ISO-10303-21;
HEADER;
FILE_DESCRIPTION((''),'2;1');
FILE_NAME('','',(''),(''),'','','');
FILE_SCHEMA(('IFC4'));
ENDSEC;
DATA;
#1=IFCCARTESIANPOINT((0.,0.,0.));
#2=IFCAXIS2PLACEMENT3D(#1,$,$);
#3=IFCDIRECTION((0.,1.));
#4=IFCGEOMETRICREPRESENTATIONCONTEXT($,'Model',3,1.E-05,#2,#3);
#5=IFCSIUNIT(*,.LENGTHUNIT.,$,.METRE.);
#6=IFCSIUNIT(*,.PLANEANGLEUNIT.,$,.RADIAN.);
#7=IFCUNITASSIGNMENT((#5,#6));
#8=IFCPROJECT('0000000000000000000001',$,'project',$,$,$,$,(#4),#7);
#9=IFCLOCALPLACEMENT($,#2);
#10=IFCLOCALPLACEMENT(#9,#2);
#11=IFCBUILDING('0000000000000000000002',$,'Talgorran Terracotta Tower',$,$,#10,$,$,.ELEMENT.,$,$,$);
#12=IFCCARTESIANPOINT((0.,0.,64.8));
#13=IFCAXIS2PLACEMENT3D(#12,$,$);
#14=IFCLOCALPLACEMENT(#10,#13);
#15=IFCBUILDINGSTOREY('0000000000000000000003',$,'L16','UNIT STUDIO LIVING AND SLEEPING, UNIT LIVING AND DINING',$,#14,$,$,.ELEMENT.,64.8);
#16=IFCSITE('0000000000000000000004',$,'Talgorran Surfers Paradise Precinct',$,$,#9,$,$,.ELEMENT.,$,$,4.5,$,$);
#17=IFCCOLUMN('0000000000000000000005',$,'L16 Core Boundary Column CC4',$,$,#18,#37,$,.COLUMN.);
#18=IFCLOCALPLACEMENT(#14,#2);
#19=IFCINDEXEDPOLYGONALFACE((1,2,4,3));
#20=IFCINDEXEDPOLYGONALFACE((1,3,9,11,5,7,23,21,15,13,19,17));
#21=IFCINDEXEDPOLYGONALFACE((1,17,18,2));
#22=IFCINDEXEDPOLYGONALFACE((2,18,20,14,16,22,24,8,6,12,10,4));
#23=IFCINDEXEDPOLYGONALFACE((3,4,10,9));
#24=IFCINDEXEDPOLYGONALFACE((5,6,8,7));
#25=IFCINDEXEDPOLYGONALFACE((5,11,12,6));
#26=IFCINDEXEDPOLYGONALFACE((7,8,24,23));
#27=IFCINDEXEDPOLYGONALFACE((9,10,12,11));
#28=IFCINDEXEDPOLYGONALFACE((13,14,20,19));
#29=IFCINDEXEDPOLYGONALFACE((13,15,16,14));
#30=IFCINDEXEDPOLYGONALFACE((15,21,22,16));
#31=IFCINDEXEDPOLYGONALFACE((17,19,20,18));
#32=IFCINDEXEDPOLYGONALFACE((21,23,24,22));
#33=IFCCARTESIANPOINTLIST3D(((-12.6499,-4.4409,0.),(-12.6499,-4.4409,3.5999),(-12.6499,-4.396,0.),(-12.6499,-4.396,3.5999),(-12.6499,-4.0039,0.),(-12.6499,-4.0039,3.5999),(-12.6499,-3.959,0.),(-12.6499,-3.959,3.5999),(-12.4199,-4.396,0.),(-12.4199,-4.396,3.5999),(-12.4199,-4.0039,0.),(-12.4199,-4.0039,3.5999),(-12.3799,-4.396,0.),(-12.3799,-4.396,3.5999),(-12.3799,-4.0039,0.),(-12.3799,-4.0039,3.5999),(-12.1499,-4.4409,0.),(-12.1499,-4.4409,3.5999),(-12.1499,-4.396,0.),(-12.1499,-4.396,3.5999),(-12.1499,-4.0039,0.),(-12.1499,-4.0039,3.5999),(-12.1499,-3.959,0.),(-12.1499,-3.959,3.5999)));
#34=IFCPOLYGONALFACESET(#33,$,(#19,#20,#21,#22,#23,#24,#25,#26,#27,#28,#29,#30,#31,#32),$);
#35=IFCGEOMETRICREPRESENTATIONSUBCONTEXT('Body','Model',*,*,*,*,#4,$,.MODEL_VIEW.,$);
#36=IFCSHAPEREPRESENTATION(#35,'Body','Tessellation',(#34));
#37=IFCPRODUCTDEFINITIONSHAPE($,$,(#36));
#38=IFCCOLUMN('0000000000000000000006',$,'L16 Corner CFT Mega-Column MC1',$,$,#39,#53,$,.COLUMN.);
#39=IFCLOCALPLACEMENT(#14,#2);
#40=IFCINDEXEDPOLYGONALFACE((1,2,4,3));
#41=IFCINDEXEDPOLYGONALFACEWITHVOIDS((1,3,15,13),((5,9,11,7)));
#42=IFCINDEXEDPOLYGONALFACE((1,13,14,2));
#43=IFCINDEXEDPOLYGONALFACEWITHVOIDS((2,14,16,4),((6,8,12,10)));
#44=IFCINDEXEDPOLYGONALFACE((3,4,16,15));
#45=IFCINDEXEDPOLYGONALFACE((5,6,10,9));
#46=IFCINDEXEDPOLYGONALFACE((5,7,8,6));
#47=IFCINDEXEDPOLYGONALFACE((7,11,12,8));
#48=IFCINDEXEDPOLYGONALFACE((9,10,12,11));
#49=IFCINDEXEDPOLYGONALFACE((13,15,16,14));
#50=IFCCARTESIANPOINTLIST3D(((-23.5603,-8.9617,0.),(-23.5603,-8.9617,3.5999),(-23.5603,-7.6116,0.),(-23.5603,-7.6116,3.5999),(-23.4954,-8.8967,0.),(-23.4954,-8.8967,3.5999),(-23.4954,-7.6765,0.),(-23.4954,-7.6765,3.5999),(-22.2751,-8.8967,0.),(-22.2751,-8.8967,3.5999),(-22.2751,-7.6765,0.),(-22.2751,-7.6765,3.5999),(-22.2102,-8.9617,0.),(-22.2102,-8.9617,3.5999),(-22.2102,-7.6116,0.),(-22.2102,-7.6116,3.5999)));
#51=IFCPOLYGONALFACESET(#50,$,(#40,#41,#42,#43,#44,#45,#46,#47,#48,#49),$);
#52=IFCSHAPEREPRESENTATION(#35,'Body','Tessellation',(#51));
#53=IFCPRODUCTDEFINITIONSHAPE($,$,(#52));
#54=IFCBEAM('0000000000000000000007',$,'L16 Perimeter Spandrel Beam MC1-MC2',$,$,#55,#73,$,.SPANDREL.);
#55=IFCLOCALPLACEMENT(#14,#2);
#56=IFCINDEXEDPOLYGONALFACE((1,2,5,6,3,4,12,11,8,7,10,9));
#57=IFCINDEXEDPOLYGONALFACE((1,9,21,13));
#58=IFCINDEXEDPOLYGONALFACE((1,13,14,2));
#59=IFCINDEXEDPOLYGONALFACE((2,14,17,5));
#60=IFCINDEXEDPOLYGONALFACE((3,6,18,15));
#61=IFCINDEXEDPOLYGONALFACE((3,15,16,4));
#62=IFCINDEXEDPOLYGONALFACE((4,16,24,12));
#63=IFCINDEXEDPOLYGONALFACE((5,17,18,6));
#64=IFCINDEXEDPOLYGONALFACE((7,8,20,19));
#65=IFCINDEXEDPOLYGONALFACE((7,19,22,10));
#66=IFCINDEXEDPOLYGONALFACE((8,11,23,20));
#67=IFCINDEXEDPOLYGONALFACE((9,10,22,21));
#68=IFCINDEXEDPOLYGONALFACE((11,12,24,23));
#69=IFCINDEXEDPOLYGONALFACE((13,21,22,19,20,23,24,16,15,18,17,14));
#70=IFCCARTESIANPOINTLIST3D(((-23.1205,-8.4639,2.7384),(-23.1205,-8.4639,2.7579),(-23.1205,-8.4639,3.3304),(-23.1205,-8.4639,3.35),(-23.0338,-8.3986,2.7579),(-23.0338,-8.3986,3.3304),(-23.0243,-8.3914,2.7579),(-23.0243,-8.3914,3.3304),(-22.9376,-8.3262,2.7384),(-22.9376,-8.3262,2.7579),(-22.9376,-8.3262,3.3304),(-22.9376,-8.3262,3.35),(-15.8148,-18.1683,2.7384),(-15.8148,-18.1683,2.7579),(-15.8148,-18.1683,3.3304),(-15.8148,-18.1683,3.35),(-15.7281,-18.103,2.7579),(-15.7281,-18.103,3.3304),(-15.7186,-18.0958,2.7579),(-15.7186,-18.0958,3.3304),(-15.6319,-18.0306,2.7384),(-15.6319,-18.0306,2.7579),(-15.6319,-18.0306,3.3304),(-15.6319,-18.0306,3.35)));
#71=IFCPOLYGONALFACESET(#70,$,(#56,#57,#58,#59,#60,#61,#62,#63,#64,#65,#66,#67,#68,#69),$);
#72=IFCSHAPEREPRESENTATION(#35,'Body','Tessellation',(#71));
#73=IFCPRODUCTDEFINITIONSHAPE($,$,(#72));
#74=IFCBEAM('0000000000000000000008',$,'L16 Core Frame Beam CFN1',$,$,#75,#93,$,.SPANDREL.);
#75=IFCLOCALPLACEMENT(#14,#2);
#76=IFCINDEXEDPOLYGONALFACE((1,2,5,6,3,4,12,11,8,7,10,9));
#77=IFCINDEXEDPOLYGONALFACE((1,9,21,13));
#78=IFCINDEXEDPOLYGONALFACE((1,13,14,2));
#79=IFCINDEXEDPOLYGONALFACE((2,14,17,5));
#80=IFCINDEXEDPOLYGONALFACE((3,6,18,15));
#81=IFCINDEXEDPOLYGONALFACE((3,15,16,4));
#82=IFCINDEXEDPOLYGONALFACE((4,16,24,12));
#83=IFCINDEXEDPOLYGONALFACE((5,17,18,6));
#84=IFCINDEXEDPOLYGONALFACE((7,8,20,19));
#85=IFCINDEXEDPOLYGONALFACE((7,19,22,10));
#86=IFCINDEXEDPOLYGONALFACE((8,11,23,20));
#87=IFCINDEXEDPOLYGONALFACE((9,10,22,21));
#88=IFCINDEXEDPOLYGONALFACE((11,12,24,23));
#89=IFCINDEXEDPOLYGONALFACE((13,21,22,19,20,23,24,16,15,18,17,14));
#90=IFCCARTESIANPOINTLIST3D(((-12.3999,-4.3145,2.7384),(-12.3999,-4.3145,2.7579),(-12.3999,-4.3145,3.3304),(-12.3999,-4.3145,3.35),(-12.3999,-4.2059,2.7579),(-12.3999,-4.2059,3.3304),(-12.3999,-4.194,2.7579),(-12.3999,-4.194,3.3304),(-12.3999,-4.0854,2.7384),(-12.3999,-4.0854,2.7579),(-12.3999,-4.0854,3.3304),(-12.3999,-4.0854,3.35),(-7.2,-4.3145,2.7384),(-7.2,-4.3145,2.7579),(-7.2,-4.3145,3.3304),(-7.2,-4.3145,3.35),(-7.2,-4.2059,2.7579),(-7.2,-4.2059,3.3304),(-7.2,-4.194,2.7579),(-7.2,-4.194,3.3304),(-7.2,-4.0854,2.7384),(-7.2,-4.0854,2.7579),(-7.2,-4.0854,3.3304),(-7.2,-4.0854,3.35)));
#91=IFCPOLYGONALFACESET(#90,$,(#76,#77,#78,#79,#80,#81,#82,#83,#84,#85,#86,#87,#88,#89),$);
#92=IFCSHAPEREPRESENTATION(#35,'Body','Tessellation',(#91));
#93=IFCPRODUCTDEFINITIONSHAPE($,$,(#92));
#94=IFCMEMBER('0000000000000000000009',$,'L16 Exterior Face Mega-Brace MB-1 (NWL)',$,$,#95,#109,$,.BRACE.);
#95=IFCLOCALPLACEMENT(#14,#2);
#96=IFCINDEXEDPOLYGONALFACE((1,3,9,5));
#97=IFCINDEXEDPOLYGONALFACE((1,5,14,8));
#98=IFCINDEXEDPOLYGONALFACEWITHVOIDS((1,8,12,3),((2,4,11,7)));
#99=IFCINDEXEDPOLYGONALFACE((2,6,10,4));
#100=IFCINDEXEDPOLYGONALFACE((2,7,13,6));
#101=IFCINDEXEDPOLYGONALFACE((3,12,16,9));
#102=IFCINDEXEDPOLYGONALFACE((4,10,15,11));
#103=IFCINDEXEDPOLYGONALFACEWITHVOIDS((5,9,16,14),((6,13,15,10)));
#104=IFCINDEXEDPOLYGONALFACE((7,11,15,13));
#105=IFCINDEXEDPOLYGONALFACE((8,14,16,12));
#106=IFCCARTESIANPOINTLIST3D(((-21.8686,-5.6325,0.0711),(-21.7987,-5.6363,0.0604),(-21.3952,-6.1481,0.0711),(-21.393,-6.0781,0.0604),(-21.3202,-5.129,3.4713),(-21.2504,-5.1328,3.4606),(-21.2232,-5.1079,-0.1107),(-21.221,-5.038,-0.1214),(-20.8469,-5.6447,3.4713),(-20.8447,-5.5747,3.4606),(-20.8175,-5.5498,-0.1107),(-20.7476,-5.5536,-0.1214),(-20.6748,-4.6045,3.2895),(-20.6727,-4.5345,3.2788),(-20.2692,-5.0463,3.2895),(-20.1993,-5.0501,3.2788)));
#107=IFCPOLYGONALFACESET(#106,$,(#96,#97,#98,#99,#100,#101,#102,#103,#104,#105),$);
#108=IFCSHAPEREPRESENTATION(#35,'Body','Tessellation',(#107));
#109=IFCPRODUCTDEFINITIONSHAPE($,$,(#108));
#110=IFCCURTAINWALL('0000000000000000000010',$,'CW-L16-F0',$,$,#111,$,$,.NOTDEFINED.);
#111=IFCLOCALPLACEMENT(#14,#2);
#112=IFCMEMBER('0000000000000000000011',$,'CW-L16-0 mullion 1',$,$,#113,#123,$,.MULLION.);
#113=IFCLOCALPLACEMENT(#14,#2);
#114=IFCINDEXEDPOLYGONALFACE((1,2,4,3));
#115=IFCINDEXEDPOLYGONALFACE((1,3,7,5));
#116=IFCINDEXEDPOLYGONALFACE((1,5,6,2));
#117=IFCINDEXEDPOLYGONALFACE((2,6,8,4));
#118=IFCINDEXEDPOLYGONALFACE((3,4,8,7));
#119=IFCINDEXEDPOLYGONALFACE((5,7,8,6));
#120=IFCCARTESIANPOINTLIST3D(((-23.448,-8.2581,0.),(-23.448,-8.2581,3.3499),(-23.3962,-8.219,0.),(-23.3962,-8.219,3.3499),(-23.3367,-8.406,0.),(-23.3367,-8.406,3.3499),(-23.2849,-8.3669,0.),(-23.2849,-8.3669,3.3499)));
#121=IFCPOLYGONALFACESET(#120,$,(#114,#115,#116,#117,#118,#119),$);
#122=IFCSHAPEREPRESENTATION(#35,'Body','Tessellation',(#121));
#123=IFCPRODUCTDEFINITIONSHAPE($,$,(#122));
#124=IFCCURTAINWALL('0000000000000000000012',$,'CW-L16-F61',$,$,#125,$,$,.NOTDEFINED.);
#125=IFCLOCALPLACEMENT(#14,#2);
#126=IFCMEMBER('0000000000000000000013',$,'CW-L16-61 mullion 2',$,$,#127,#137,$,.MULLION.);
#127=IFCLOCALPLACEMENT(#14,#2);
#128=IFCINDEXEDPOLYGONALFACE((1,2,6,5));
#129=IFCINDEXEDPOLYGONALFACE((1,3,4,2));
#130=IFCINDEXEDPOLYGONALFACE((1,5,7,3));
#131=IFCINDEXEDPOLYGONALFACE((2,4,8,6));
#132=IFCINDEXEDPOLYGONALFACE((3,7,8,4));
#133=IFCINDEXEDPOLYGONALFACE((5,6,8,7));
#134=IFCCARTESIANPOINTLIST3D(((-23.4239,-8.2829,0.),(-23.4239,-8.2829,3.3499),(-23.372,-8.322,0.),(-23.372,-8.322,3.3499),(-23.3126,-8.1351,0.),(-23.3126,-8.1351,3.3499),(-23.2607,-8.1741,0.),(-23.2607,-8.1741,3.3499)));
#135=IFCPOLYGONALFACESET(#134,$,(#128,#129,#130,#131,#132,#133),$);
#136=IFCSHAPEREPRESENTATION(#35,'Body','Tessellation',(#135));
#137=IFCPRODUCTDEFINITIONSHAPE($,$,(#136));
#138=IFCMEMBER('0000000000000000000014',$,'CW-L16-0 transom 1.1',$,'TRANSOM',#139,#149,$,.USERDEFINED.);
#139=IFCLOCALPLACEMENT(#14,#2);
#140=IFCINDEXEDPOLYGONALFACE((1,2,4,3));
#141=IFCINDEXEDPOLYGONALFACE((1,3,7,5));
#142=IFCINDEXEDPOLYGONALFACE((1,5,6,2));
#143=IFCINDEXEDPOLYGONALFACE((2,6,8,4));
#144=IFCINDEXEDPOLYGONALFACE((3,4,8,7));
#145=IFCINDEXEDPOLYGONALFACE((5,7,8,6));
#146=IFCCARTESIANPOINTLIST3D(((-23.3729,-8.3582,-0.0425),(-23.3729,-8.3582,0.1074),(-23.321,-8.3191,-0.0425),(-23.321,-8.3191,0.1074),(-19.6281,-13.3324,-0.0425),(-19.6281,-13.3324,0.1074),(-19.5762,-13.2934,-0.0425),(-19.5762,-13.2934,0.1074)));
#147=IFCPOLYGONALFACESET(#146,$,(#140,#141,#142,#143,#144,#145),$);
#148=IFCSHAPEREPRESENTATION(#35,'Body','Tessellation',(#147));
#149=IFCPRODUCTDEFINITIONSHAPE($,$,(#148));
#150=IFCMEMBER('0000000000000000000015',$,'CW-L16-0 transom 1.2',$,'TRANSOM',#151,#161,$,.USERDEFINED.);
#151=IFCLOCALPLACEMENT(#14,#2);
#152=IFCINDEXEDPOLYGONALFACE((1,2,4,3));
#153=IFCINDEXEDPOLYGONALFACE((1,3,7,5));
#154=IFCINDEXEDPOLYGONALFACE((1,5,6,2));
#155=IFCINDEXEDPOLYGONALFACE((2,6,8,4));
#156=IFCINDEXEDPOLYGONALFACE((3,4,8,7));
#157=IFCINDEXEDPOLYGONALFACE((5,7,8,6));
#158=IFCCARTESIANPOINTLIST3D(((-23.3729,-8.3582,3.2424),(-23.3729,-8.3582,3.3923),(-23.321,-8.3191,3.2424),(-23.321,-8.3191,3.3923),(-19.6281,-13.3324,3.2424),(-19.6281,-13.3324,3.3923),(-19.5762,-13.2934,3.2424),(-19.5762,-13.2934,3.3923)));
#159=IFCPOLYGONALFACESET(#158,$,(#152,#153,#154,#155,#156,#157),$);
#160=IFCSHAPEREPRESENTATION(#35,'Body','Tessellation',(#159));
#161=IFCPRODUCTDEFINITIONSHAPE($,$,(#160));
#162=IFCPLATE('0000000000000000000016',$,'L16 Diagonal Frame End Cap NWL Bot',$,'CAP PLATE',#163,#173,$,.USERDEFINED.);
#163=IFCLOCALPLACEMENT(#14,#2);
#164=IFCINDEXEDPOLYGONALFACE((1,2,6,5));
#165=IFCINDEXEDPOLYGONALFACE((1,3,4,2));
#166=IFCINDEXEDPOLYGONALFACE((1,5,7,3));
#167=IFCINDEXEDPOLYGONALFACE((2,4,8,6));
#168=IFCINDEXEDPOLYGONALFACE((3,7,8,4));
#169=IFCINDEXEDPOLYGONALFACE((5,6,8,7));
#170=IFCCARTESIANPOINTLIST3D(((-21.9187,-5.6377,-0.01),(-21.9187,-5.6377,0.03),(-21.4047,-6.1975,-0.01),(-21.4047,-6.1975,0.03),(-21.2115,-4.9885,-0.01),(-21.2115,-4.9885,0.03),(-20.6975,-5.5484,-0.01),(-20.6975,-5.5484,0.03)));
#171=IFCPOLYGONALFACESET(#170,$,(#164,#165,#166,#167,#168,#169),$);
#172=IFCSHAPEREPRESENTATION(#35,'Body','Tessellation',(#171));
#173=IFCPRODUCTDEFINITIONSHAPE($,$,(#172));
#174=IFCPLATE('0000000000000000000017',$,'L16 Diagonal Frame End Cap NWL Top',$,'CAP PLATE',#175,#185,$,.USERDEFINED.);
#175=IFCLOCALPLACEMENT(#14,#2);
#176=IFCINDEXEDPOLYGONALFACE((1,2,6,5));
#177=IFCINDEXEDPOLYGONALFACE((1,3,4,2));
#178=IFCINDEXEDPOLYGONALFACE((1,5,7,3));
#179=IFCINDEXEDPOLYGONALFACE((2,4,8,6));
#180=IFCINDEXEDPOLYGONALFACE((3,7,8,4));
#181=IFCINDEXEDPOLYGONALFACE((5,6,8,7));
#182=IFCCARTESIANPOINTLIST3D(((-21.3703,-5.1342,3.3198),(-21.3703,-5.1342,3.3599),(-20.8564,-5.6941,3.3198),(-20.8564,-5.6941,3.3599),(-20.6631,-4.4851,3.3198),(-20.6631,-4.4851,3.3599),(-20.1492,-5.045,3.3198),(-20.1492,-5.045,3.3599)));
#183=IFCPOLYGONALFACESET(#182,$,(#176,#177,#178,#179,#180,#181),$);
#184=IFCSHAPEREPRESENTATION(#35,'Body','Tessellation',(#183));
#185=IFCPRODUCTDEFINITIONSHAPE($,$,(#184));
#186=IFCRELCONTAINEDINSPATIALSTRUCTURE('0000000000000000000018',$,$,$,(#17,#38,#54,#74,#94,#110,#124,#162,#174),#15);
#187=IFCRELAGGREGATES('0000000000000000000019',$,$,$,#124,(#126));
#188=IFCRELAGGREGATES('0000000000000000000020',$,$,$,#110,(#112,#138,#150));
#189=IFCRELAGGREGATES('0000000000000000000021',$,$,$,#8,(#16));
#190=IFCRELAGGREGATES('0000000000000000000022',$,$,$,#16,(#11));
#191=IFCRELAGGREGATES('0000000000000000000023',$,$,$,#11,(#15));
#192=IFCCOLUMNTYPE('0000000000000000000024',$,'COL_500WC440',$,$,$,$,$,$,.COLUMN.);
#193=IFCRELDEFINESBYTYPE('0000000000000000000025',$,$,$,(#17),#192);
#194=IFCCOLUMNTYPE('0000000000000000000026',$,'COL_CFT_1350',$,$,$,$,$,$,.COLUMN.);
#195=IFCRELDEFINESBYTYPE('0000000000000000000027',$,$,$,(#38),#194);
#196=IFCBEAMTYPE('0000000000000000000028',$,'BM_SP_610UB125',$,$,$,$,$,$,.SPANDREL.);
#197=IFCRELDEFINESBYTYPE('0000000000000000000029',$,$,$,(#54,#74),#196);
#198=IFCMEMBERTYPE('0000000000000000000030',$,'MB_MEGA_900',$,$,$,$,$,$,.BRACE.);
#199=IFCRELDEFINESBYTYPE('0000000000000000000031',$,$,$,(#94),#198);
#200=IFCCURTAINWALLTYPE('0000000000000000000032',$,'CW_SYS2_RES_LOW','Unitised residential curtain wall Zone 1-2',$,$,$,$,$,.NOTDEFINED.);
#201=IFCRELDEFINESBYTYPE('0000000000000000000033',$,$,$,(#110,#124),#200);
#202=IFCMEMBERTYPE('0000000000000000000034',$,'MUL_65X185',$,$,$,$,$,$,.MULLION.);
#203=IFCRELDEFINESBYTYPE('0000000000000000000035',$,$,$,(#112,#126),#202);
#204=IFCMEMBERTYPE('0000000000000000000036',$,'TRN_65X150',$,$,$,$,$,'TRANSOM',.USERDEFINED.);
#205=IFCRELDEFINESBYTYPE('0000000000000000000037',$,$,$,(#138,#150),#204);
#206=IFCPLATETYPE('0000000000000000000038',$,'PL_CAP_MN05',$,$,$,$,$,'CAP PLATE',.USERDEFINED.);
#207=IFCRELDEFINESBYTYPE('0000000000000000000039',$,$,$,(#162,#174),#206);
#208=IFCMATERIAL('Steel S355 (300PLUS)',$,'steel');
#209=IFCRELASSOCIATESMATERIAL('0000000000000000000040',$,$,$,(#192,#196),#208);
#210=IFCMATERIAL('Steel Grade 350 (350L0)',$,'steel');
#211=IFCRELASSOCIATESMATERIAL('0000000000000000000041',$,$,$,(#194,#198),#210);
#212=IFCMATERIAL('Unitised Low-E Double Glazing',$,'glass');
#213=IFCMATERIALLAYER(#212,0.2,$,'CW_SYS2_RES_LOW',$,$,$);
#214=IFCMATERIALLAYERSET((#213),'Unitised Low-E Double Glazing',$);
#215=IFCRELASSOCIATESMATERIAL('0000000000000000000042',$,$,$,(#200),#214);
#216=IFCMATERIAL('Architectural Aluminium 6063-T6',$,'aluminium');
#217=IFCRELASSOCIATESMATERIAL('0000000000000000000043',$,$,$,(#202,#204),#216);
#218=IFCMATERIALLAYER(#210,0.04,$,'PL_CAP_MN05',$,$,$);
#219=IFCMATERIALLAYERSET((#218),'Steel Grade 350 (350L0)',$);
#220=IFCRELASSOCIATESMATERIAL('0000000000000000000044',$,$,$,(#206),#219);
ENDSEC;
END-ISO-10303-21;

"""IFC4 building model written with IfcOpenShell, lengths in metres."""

from ifc_helpers import new_model, si_unit, direction, frame, origin, origin_2d, place, context, subcontext, project, spatial, rectangle, hollow_rectangle, i_section, extrude, material, layer, layer_set, material_profile, profile_set, type_object, element, aggregate, save


model = new_model("IFC4")

# Units and contexts
model_context = context("Model", 3, precision=1e-05, world=origin(), true_north=direction((0.0, 1.0)))
body_context = subcontext(model_context, "Body", "Model", "MODEL_VIEW")
ifc_project = project(units=[si_unit("LENGTHUNIT", "METRE"), si_unit("PLANEANGLEUNIT", "RADIAN")], contexts=[model_context])

# Site, building, storey
site_placement = place(None, origin())
site = spatial("IfcSite", under=ifc_project, at=site_placement, Name="Talgorran Surfers Paradise Precinct", CompositionType="ELEMENT", RefElevation=4.5)
building_placement = place(site_placement, origin())
building = spatial("IfcBuilding", under=site, at=building_placement, Name="Talgorran Terracotta Tower", CompositionType="ELEMENT")
storey_placement = place(building_placement, frame((0.0, 0.0, 64.8)))
storey = spatial("IfcBuildingStorey", under=building, at=storey_placement, Name="L16", Description="UNIT STUDIO LIVING AND SLEEPING, UNIT LIVING AND DINING", CompositionType="ELEMENT", Elevation=64.8)

# Columns
ifc_material_1 = material(Name="Steel S355 (300PLUS)", Category="steel")
ifc_material_profile_1 = material_profile(ifc_material_1, i_section(OverallWidth=0.5, OverallDepth=0.4819, WebThickness=0.04, FlangeThickness=0.0449, at=origin_2d()), Name="500WC440")
ifc_profile_set_1 = profile_set([ifc_material_profile_1], Name="Steel S355 (300PLUS)")
column_type_1 = type_object("IfcColumnType", Name="COL_500WC440", PredefinedType="COLUMN", material=ifc_profile_set_1)
column_1_placement = place(storey_placement, frame((-12.3999, -4.2, 0.0), z_axis=(0.0, 0.0, 1.0), x_axis=(1.0, 0.0, 0.0)))
element("IfcColumn", 1, at=column_1_placement, inside=storey, type_object=column_type_1, Name="L16 Core Boundary Column CC4", PredefinedType="COLUMN", context=body_context, shape_type="SweptSolid", body=[
    extrude(i_section(OverallWidth=0.5, OverallDepth=0.4819, WebThickness=0.04, FlangeThickness=0.0449, at=origin_2d()), origin(), (0.0, 0.0, 1.0), 3.5999),
])
ifc_material_2 = material(Name="Steel Grade 350 (350L0)", Category="steel")
ifc_material_profile_2 = material_profile(ifc_material_2, hollow_rectangle(XDim=1.3501, YDim=1.3501, WallThickness=0.0649, at=origin_2d()), Name="CFT1350X1350X65")
ifc_profile_set_2 = profile_set([ifc_material_profile_2], Name="Steel Grade 350 (350L0)")
column_type_2 = type_object("IfcColumnType", Name="COL_CFT_1350", PredefinedType="COLUMN", material=ifc_profile_set_2)
column_2_placement = place(storey_placement, frame((-22.8853, -8.2866, 0.0), z_axis=(0.0, 0.0, 1.0), x_axis=(1.0, 0.0, 0.0)))
element("IfcColumn", 2, at=column_2_placement, inside=storey, type_object=column_type_2, Name="L16 Corner CFT Mega-Column MC1", PredefinedType="COLUMN", context=body_context, shape_type="SweptSolid", body=[
    extrude(hollow_rectangle(XDim=1.3501, YDim=1.3501, WallThickness=0.0649, at=origin_2d()), origin(), (0.0, 0.0, 1.0), 3.5999),
])

# Beams
ifc_material_profile_3 = material_profile(ifc_material_1, i_section(OverallWidth=0.229, OverallDepth=0.6116, WebThickness=0.012, FlangeThickness=0.0195, at=origin_2d()), Name="610UB125")
ifc_profile_set_3 = profile_set([ifc_material_profile_3], Name="Steel S355 (300PLUS)")
beam_type = type_object("IfcBeamType", Name="BM_SP_610UB125", PredefinedType="SPANDREL", material=ifc_profile_set_3)
beam_1_placement = place(storey_placement, frame((-23.0291, -8.395, 3.0442), z_axis=(0.601443, -0.798916, 0.0), x_axis=(0.798916, 0.601443, 0.0)))
element("IfcBeam", 3, at=beam_1_placement, inside=storey, type_object=beam_type, Name="L16 Perimeter Spandrel Beam MC1-MC2", PredefinedType="SPANDREL", context=body_context, shape_type="SweptSolid", body=[
    extrude(i_section(OverallWidth=0.229, OverallDepth=0.6116, WebThickness=0.012, FlangeThickness=0.0195, at=origin_2d()), origin(), (0.0, 0.0, 1.0), 12.147),
])
beam_2_placement = place(storey_placement, frame((-12.3999, -4.2, 3.0442), z_axis=(1.0, 0.0, 0.0), x_axis=(0.0, 1.0, 0.0)))
element("IfcBeam", 4, at=beam_2_placement, inside=storey, type_object=beam_type, Name="L16 Core Frame Beam CFN1", PredefinedType="SPANDREL", context=body_context, shape_type="SweptSolid", body=[
    extrude(i_section(OverallWidth=0.229, OverallDepth=0.6116, WebThickness=0.012, FlangeThickness=0.0195, at=origin_2d()), origin(), (0.0, 0.0, 1.0), 5.2),
])

# Member
ifc_material_profile_4 = material_profile(ifc_material_2, hollow_rectangle(XDim=0.7, YDim=0.8999, WallThickness=0.05, at=origin_2d()), Name="WBOX900X700X50")
ifc_profile_set_4 = profile_set([ifc_material_profile_4], Name="Steel Grade 350 (350L0)")
member_type_1 = type_object("IfcMemberType", Name="MB_MEGA_900", PredefinedType="BRACE", material=ifc_profile_set_4)
member_1_placement = place(storey_placement, frame((-21.3081, -5.593, -0.0251), z_axis=(0.157538, 0.144632, 0.976864), x_axis=(-0.676289, 0.736637, 0.0)))
element("IfcMember", 5, at=member_1_placement, inside=storey, type_object=member_type_1, Name="L16 Exterior Face Mega-Brace MB-1 (NWL)", PredefinedType="BRACE", context=body_context, shape_type="SweptSolid", body=[
    extrude(hollow_rectangle(XDim=0.7, YDim=0.8999, WallThickness=0.05, at=origin_2d()), origin(), (0.0, 0.0, 1.0), 3.4807),
])

# Curtain walls, members
ifc_material_3 = material(Name="Unitised Low-E Double Glazing", Category="glass")
ifc_layer_1 = layer(ifc_material_3, 0.2, Name="CW_SYS2_RES_LOW")
ifc_layer_set_1 = layer_set([ifc_layer_1], Name="Unitised Low-E Double Glazing")
curtain_wall_type = type_object("IfcCurtainWallType", Name="CW_SYS2_RES_LOW", Description="Unitised residential curtain wall Zone 1-2", PredefinedType="NOTDEFINED", material=ifc_layer_set_1)
curtain_wall_1_placement = place(storey_placement, origin())
curtain_wall_1 = element("IfcCurtainWall", 6, at=curtain_wall_1_placement, inside=storey, type_object=curtain_wall_type, Name="CW-L16-F0", PredefinedType="NOTDEFINED")
ifc_material_4 = material(Name="Architectural Aluminium 6063-T6", Category="aluminium")
ifc_material_profile_5 = material_profile(ifc_material_4, rectangle(XDim=0.0649, YDim=0.1851, at=origin_2d()), Name="CWM65X185")
ifc_profile_set_5 = profile_set([ifc_material_profile_5], Name="Architectural Aluminium 6063-T6")
member_type_2 = type_object("IfcMemberType", Name="MUL_65X185", PredefinedType="MULLION", material=ifc_profile_set_5)
member_2_placement = place(storey_placement, frame((-23.3665, -8.3125, 0.0), z_axis=(0.0, 0.0, 1.0), x_axis=(0.798916, 0.601442, 0.0)))
member_2 = element("IfcMember", 7, at=member_2_placement, type_object=member_type_2, Name="CW-L16-0 mullion 1", PredefinedType="MULLION", context=body_context, shape_type="SweptSolid", body=[
    extrude(rectangle(XDim=0.0649, YDim=0.1851, at=origin_2d()), origin(), (0.0, 0.0, 1.0), 3.3499),
])
curtain_wall_2_placement = place(storey_placement, origin())
curtain_wall_2 = element("IfcCurtainWall", 8, at=curtain_wall_2_placement, inside=storey, type_object=curtain_wall_type, Name="CW-L16-F61", PredefinedType="NOTDEFINED")
member_3_placement = place(storey_placement, frame((-23.3423, -8.2285, 0.0), z_axis=(0.0, 0.0, 1.0), x_axis=(0.79892, -0.601437, 0.0)))
member_3 = element("IfcMember", 9, at=member_3_placement, type_object=member_type_2, Name="CW-L16-61 mullion 2", PredefinedType="MULLION", context=body_context, shape_type="SweptSolid", body=[
    extrude(rectangle(XDim=0.0649, YDim=0.1851, at=origin_2d()), origin(), (0.0, 0.0, 1.0), 3.3499),
])
aggregate(curtain_wall_2, [member_3])

# Members
ifc_material_profile_6 = material_profile(ifc_material_4, rectangle(XDim=0.0649, YDim=0.1499, at=origin_2d()), Name="CWT65X150")
ifc_profile_set_6 = profile_set([ifc_material_profile_6], Name="Architectural Aluminium 6063-T6")
member_type_3 = type_object("IfcMemberType", Name="TRN_65X150", ElementType="TRANSOM", PredefinedType="USERDEFINED", material=ifc_profile_set_6)
member_4_placement = place(storey_placement, frame((-23.3469, -8.3386, 0.0325), z_axis=(0.601448, -0.798912, 0.0), x_axis=(0.798912, 0.601448, 0.0)))
member_4 = element("IfcMember", 10, at=member_4_placement, type_object=member_type_3, Name="CW-L16-0 transom 1.1", ObjectType="TRANSOM", PredefinedType="USERDEFINED", context=body_context, shape_type="SweptSolid", body=[
    extrude(rectangle(XDim=0.0649, YDim=0.1499, at=origin_2d()), origin(), (0.0, 0.0, 1.0), 6.2263),
])
member_5_placement = place(storey_placement, frame((-23.3469, -8.3386, 3.3174), z_axis=(0.601448, -0.798912, 0.0), x_axis=(0.798912, 0.601448, 0.0)))
member_5 = element("IfcMember", 11, at=member_5_placement, type_object=member_type_3, Name="CW-L16-0 transom 1.2", ObjectType="TRANSOM", PredefinedType="USERDEFINED", context=body_context, shape_type="SweptSolid", body=[
    extrude(rectangle(XDim=0.0649, YDim=0.1499, at=origin_2d()), origin(), (0.0, 0.0, 1.0), 6.2263),
])
aggregate(curtain_wall_1, [member_2, member_4, member_5])

# Plates
ifc_layer_2 = layer(ifc_material_2, 0.04, Name="PL_CAP_MN05")
ifc_layer_set_2 = layer_set([ifc_layer_2], Name="Steel Grade 350 (350L0)")
plate_type_1 = type_object("IfcPlateType", Name="PL_CAP_MN05", ElementType="CAP PLATE", PredefinedType="USERDEFINED", material=ifc_layer_set_2)
for number, where, z_axis, x_axis, name in (
    (12, (-21.3081, -5.593, -0.01), (0.0, 0.0, 1.0), (0.736687, 0.676233, 0.0), "L16 Diagonal Frame End Cap NWL Bot"),
    (13, (-20.7598, -5.0896, 3.3198), (0.0, 0.0, 1.0), (0.736687, 0.676233, 0.0), "L16 Diagonal Frame End Cap NWL Top"),
):
    element("IfcPlate", number, at=place(storey_placement, frame(where, z_axis=z_axis, x_axis=x_axis)), inside=storey, type_object=plate_type_1, Name=name, ObjectType="CAP PLATE", PredefinedType="USERDEFINED", context=body_context, shape_type="SweptSolid", body=[
        extrude(rectangle(XDim=0.96, YDim=0.76, at=origin_2d()), origin(), (0.0, 0.0, 1.0), 0.04),
    ])

save(model, "model.ifc")
